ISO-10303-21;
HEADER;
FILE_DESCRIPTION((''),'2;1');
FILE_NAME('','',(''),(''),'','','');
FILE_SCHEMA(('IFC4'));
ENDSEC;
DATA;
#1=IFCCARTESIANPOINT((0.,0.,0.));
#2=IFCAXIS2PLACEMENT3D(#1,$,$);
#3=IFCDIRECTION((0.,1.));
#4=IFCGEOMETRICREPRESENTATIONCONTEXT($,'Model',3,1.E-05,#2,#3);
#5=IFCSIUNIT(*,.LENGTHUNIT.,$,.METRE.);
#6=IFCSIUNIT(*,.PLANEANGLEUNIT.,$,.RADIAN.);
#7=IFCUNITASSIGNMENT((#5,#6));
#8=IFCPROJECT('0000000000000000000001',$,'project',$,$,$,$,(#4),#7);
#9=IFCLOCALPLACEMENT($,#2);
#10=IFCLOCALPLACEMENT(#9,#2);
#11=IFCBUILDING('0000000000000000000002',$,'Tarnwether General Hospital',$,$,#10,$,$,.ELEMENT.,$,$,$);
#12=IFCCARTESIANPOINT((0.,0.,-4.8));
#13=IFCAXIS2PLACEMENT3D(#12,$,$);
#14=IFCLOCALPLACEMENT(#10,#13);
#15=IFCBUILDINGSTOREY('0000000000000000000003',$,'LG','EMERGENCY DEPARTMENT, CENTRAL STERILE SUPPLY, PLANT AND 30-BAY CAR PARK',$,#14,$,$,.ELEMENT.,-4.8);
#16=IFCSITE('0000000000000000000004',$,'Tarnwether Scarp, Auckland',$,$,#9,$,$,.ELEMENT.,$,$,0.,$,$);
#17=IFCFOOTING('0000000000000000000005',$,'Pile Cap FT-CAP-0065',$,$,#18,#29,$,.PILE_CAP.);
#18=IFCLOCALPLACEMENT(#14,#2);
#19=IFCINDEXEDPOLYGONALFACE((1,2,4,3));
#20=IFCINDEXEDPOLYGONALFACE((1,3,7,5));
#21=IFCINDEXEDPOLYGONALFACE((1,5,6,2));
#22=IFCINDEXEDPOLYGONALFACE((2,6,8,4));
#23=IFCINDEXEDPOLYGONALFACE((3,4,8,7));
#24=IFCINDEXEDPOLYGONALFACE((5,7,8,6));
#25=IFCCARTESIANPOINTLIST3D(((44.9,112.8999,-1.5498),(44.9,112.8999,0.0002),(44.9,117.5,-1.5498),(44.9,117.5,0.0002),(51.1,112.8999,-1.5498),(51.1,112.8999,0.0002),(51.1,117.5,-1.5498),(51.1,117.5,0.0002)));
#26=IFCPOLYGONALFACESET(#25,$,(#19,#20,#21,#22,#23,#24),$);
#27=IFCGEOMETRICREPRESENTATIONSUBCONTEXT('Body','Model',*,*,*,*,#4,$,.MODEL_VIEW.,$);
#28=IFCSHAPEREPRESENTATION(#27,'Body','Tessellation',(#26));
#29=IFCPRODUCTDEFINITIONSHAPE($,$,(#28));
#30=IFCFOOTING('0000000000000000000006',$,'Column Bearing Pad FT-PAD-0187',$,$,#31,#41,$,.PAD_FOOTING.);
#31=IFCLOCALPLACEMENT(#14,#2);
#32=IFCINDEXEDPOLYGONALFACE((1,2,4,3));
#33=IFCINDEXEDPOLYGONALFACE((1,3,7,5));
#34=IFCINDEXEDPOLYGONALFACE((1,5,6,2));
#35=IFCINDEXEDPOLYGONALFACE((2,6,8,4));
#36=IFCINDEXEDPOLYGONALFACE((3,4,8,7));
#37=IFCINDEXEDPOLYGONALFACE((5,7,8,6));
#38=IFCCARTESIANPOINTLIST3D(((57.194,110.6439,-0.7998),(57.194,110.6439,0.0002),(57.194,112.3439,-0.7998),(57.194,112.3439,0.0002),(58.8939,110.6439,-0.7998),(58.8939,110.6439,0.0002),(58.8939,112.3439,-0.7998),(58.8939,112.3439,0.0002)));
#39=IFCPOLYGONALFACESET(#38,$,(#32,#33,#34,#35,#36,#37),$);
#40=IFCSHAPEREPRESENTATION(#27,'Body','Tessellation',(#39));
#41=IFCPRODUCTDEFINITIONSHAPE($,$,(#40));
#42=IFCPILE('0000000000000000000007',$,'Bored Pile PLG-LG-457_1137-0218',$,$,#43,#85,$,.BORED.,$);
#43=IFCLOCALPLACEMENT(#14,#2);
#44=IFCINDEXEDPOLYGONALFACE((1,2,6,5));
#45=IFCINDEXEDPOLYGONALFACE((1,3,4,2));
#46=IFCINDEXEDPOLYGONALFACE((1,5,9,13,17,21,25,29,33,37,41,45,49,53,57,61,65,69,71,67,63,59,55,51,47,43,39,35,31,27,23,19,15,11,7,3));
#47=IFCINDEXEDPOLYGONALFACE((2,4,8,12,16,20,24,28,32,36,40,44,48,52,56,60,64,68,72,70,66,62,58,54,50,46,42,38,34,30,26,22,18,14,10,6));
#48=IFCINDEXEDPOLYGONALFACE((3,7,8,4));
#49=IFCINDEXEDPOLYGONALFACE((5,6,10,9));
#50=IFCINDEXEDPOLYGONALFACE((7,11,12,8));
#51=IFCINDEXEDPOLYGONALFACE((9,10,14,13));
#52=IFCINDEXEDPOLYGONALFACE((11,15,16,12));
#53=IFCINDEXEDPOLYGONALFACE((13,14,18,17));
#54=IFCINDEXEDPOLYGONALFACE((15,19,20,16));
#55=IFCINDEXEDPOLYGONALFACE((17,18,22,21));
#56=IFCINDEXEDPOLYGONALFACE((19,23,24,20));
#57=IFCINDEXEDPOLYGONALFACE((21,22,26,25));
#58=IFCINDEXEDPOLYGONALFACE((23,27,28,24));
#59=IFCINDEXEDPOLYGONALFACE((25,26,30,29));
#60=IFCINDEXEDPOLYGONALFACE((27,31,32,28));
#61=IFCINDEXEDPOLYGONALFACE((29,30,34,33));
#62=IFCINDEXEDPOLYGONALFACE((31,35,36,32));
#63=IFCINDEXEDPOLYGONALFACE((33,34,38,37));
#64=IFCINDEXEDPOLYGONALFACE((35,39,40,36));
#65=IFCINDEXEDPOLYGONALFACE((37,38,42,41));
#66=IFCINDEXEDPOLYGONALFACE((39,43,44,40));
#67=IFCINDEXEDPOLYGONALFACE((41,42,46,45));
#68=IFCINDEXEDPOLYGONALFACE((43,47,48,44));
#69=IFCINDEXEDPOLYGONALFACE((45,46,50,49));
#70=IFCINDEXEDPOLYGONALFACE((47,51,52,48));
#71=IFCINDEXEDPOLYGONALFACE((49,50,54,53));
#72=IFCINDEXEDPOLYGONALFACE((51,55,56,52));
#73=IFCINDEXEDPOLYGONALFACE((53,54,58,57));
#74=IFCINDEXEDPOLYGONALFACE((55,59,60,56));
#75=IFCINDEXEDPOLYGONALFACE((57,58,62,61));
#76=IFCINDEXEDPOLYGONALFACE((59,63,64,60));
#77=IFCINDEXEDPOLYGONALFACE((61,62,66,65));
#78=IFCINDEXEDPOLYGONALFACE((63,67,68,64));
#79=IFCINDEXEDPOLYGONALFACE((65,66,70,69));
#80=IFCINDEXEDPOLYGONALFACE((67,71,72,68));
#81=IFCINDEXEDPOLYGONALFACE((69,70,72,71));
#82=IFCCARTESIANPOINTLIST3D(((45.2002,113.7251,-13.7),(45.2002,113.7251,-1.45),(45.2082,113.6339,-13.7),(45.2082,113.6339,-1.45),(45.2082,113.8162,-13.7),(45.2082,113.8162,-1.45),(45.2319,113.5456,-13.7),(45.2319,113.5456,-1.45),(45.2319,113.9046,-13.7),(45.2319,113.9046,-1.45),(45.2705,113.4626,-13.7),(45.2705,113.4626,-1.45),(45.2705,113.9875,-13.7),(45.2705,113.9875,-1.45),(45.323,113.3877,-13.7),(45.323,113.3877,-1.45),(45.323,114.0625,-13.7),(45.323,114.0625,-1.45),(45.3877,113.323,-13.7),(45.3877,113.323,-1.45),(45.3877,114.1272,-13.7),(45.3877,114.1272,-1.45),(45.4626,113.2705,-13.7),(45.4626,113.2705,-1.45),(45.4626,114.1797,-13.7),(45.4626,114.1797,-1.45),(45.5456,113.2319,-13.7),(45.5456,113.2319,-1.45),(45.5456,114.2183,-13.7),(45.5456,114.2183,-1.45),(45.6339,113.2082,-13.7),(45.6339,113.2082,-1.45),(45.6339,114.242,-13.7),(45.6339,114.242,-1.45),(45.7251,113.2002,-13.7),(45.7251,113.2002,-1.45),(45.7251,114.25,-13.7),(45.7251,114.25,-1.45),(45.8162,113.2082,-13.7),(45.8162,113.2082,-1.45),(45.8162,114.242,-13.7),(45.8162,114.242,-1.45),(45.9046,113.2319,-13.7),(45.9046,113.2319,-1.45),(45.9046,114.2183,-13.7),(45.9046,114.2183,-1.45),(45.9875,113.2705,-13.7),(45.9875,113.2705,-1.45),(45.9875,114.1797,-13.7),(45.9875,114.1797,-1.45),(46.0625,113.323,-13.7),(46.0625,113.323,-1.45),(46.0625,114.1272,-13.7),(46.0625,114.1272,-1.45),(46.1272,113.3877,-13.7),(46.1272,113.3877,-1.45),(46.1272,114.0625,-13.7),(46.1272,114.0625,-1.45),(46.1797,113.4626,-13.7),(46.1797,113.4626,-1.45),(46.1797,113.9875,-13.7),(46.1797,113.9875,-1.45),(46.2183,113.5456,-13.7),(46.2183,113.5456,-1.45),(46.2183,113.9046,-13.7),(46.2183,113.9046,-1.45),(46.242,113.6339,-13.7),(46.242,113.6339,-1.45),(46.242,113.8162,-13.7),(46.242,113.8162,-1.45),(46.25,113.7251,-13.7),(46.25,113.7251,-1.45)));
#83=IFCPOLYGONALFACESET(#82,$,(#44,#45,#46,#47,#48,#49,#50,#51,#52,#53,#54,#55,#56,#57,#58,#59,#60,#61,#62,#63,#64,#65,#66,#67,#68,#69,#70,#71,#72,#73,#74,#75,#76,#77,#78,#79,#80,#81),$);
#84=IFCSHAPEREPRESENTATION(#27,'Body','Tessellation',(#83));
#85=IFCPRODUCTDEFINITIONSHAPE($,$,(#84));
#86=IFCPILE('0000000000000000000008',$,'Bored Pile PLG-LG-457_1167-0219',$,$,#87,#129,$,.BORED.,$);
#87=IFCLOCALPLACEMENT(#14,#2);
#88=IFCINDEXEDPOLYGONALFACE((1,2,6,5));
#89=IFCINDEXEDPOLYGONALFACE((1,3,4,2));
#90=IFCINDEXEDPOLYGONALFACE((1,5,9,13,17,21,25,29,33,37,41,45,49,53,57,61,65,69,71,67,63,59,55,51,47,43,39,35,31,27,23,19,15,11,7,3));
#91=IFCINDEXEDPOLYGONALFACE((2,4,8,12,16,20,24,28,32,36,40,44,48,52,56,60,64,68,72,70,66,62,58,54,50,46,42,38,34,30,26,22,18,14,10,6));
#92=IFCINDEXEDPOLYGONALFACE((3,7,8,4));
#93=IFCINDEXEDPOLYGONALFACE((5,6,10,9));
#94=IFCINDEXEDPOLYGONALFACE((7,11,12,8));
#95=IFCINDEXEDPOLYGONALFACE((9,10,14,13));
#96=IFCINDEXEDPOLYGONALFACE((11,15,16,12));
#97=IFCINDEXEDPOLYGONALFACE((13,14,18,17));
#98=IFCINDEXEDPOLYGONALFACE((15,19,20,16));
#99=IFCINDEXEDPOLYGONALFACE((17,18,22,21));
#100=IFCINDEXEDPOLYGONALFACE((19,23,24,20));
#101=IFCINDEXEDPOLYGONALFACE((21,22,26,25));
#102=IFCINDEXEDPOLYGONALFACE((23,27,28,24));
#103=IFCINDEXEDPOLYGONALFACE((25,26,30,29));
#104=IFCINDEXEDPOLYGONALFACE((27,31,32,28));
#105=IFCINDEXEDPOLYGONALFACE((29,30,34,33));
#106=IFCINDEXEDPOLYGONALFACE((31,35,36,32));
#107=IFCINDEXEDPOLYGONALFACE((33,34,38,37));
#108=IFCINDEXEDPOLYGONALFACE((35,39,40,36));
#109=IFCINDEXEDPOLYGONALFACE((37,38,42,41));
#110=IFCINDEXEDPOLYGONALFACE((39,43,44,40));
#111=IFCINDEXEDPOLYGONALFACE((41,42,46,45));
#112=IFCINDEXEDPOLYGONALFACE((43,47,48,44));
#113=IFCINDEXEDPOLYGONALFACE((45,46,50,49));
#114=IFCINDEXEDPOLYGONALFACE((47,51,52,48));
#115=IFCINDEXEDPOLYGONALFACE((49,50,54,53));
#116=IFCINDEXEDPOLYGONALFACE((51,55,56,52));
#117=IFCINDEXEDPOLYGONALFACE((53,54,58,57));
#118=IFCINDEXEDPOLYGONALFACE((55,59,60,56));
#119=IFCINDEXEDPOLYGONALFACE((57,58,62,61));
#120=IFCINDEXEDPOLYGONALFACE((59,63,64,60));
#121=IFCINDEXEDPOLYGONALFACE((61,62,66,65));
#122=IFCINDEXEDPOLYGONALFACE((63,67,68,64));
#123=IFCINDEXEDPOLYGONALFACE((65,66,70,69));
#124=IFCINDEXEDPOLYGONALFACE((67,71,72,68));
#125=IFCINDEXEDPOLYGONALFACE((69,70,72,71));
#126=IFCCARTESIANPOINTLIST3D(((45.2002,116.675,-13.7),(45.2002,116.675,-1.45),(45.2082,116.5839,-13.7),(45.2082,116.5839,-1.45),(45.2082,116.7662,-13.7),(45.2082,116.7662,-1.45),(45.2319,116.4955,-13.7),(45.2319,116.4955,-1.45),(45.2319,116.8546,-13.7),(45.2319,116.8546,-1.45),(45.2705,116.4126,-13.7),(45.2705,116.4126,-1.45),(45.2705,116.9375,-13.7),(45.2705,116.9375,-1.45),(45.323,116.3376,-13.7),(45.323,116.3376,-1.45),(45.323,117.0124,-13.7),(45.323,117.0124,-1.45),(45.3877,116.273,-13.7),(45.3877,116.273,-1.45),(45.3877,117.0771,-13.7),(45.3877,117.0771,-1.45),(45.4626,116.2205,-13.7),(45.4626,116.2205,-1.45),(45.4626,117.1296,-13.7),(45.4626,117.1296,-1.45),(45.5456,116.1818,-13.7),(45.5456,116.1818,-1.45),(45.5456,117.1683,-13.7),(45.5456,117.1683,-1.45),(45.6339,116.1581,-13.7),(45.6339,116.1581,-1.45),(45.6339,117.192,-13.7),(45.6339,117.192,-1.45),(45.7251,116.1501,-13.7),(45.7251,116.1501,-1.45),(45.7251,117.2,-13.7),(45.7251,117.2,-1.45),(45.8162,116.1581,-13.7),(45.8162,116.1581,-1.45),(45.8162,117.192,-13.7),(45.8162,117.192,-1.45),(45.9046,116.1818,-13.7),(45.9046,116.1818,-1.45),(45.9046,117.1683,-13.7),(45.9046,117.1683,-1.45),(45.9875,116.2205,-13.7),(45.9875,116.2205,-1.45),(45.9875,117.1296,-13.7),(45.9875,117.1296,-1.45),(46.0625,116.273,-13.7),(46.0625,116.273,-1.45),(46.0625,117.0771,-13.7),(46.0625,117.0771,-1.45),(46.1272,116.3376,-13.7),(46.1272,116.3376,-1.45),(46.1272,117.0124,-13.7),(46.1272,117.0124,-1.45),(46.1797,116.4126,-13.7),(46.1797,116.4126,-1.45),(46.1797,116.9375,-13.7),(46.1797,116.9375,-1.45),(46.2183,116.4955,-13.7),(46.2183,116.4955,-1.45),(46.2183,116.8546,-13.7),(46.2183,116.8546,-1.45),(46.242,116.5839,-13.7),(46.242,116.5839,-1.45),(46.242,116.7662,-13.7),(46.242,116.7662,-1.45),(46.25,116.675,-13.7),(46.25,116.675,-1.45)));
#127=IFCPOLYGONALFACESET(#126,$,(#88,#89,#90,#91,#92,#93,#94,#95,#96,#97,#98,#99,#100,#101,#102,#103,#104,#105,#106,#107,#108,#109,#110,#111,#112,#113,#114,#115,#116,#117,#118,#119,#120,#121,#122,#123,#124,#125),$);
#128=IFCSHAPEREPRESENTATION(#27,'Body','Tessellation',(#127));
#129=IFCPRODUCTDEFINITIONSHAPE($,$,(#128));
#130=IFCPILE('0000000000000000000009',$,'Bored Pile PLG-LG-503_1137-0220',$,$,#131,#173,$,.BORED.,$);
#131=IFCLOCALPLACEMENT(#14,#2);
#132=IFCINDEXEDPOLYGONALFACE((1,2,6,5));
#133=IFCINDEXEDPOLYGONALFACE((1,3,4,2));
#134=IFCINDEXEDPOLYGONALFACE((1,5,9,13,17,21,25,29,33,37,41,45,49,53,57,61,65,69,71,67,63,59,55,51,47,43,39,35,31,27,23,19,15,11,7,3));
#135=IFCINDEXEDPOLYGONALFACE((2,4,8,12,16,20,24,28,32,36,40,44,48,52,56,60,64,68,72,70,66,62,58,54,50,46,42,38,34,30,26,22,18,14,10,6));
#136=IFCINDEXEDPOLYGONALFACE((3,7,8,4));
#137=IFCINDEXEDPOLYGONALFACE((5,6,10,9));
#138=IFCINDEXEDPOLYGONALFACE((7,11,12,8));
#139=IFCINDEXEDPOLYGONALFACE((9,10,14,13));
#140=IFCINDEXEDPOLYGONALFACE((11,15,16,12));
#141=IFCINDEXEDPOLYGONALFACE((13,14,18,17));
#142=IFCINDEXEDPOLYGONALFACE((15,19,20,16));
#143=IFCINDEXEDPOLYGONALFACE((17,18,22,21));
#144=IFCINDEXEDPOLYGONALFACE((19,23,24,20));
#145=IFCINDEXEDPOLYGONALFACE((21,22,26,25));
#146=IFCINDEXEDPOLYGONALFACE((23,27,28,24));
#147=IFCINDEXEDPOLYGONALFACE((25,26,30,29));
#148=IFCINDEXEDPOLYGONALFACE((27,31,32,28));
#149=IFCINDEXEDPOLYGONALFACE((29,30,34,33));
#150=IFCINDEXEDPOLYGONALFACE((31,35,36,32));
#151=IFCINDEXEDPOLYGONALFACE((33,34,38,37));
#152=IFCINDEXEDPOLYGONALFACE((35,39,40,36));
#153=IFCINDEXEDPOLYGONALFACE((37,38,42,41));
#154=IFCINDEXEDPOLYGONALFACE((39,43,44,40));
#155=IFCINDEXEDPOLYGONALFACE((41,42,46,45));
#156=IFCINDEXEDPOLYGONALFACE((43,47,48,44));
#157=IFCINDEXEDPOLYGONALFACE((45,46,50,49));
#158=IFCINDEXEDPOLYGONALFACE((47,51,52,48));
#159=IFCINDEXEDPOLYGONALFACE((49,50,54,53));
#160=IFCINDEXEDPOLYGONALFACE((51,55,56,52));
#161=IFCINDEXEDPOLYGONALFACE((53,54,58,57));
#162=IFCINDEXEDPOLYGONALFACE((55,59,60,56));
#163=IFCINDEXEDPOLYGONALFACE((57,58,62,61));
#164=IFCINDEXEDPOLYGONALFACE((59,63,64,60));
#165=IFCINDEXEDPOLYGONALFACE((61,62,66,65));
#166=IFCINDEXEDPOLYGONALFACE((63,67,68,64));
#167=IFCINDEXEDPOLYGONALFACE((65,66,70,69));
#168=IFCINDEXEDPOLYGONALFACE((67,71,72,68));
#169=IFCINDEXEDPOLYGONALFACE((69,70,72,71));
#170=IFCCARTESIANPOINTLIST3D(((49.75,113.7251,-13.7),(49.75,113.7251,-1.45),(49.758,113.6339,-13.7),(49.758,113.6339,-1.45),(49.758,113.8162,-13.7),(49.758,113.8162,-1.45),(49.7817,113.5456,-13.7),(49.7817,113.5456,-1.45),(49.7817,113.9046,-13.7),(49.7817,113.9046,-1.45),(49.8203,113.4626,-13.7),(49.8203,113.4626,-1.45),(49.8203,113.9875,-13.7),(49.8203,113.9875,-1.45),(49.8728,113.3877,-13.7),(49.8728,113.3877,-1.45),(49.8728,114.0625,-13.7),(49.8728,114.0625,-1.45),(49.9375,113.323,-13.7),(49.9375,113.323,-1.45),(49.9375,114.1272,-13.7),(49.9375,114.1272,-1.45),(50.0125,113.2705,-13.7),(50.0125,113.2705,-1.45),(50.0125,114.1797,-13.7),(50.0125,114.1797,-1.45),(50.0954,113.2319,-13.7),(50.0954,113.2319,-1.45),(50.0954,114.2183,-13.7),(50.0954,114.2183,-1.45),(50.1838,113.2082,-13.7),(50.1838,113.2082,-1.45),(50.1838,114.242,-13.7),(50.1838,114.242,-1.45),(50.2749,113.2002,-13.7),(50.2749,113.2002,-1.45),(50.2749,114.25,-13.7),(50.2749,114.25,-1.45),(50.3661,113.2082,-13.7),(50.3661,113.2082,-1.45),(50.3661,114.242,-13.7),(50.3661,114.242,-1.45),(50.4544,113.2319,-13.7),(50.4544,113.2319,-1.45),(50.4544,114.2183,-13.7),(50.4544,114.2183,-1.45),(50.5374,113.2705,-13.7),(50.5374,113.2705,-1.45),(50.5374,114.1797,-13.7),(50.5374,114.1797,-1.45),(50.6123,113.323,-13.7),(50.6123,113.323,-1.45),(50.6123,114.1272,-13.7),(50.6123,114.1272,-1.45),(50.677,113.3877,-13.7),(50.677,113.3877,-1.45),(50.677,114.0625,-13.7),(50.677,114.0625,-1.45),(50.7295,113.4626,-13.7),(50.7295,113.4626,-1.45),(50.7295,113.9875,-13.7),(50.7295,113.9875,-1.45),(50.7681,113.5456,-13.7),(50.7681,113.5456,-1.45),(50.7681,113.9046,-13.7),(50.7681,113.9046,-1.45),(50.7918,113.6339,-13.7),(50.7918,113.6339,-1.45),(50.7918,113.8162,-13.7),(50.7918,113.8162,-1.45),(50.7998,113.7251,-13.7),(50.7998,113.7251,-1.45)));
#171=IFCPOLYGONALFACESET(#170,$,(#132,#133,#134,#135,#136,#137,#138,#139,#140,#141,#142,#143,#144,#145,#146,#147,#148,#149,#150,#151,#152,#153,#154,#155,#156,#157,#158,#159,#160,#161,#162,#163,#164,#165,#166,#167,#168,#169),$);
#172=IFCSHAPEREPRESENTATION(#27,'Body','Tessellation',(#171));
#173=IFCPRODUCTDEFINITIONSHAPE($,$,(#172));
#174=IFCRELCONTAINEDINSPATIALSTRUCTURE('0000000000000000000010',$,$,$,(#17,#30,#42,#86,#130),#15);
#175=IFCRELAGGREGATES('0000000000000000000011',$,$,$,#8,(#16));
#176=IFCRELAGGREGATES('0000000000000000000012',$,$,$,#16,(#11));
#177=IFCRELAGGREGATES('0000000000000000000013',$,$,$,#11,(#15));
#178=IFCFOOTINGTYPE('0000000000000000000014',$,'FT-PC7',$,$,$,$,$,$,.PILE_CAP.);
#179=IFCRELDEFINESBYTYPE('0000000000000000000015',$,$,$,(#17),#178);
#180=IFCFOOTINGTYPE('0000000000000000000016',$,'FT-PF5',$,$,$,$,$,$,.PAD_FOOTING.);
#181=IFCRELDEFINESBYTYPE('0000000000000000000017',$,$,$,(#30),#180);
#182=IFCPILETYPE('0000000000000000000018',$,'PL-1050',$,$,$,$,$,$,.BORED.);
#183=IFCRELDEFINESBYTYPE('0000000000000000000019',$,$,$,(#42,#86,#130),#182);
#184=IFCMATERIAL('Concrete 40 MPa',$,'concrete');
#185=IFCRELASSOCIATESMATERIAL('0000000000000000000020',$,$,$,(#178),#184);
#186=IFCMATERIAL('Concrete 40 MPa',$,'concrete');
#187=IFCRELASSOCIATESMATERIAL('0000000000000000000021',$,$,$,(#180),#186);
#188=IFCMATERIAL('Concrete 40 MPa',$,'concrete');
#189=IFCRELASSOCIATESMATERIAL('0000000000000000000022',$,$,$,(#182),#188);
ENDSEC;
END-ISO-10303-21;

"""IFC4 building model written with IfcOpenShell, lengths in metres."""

from ifc_helpers import new_model, si_unit, direction, frame, origin, origin_2d, place, context, subcontext, project, spatial, rectangle, circle, extrude, material, material_profile, profile_set, type_object, element, save


model = new_model("IFC4")

# Units and contexts
model_context = context("Model", 3, precision=1e-05, world=origin(), true_north=direction((0.0, 1.0)))
body_context = subcontext(model_context, "Body", "Model", "MODEL_VIEW")
ifc_project = project(units=[si_unit("LENGTHUNIT", "METRE"), si_unit("PLANEANGLEUNIT", "RADIAN")], contexts=[model_context])

# Site, building, storey
site_placement = place(None, origin())
site = spatial("IfcSite", under=ifc_project, at=site_placement, Name="Tarnwether Scarp, Auckland", CompositionType="ELEMENT", RefElevation=0.0)
building_placement = place(site_placement, origin())
building = spatial("IfcBuilding", under=site, at=building_placement, Name="Tarnwether General Hospital", CompositionType="ELEMENT")
storey_placement = place(building_placement, frame((0.0, 0.0, -4.8)))
storey = spatial("IfcBuildingStorey", under=building, at=storey_placement, Name="LG", Description="EMERGENCY DEPARTMENT, CENTRAL STERILE SUPPLY, PLANT AND 30-BAY CAR PARK", CompositionType="ELEMENT", Elevation=-4.8)

# Footings
ifc_material_1 = material(Name="Concrete 40 MPa", Category="concrete")
footing_type_1 = type_object("IfcFootingType", Name="FT-PC7", PredefinedType="PILE_CAP", material=ifc_material_1)
footing_1_placement = place(storey_placement, frame((48.0, 115.2, -1.5498), z_axis=(0.0, 0.0, 1.0), x_axis=(1.0, 0.0, 0.0)))
element("IfcFooting", 1, at=footing_1_placement, inside=storey, type_object=footing_type_1, Name="Pile Cap FT-CAP-0065", PredefinedType="PILE_CAP", context=body_context, shape_type="SweptSolid", body=[
    extrude(rectangle(XDim=6.2, YDim=4.6001, at=origin_2d()), origin(), (0.0, 0.0, 1.0), 1.55),
])
ifc_material_2 = material(Name="Concrete 40 MPa", Category="concrete")
footing_type_2 = type_object("IfcFootingType", Name="FT-PF5", PredefinedType="PAD_FOOTING", material=ifc_material_2)
footing_2_placement = place(storey_placement, frame((58.0439, 111.4939, -0.7998), z_axis=(0.0, 0.0, 1.0), x_axis=(1.0, 0.0, 0.0)))
element("IfcFooting", 2, at=footing_2_placement, inside=storey, type_object=footing_type_2, Name="Column Bearing Pad FT-PAD-0187", PredefinedType="PAD_FOOTING", context=body_context, shape_type="SweptSolid", body=[
    extrude(rectangle(XDim=1.7, YDim=1.7, at=origin_2d()), origin(), (0.0, 0.0, 1.0), 0.8),
])

# Piles
ifc_material_3 = material(Name="Concrete 40 MPa", Category="concrete")
ifc_material_profile_1 = material_profile(ifc_material_3, circle(Radius=0.5249, at=origin_2d()), Name="PILE-D1050")
ifc_profile_set_1 = profile_set([ifc_material_profile_1], Name="Concrete 40 MPa")
pile_type_1 = type_object("IfcPileType", Name="PL-1050", PredefinedType="BORED", material=ifc_profile_set_1)
for number, where, z_axis, x_axis, name in (
    (3, (45.7251, 113.7251, -1.45), (0.0, 0.0, -1.0), (1.0, 0.0, 0.0), "Bored Pile PLG-LG-457_1137-0218"),
    (4, (45.7251, 116.675, -1.45), (0.0, 0.0, -1.0), (1.0, 0.0, 0.0), "Bored Pile PLG-LG-457_1167-0219"),
    (5, (50.2749, 113.7251, -1.45), (0.0, 0.0, -1.0), (1.0, 0.0, 0.0), "Bored Pile PLG-LG-503_1137-0220"),
):
    element("IfcPile", number, at=place(storey_placement, frame(where, z_axis=z_axis, x_axis=x_axis)), inside=storey, type_object=pile_type_1, Name=name, PredefinedType="BORED", context=body_context, shape_type="SweptSolid", body=[
        extrude(circle(Radius=0.5249, at=origin_2d()), origin(), (0.0, 0.0, 1.0), 12.25),
    ])

save(model, "model.ifc")
